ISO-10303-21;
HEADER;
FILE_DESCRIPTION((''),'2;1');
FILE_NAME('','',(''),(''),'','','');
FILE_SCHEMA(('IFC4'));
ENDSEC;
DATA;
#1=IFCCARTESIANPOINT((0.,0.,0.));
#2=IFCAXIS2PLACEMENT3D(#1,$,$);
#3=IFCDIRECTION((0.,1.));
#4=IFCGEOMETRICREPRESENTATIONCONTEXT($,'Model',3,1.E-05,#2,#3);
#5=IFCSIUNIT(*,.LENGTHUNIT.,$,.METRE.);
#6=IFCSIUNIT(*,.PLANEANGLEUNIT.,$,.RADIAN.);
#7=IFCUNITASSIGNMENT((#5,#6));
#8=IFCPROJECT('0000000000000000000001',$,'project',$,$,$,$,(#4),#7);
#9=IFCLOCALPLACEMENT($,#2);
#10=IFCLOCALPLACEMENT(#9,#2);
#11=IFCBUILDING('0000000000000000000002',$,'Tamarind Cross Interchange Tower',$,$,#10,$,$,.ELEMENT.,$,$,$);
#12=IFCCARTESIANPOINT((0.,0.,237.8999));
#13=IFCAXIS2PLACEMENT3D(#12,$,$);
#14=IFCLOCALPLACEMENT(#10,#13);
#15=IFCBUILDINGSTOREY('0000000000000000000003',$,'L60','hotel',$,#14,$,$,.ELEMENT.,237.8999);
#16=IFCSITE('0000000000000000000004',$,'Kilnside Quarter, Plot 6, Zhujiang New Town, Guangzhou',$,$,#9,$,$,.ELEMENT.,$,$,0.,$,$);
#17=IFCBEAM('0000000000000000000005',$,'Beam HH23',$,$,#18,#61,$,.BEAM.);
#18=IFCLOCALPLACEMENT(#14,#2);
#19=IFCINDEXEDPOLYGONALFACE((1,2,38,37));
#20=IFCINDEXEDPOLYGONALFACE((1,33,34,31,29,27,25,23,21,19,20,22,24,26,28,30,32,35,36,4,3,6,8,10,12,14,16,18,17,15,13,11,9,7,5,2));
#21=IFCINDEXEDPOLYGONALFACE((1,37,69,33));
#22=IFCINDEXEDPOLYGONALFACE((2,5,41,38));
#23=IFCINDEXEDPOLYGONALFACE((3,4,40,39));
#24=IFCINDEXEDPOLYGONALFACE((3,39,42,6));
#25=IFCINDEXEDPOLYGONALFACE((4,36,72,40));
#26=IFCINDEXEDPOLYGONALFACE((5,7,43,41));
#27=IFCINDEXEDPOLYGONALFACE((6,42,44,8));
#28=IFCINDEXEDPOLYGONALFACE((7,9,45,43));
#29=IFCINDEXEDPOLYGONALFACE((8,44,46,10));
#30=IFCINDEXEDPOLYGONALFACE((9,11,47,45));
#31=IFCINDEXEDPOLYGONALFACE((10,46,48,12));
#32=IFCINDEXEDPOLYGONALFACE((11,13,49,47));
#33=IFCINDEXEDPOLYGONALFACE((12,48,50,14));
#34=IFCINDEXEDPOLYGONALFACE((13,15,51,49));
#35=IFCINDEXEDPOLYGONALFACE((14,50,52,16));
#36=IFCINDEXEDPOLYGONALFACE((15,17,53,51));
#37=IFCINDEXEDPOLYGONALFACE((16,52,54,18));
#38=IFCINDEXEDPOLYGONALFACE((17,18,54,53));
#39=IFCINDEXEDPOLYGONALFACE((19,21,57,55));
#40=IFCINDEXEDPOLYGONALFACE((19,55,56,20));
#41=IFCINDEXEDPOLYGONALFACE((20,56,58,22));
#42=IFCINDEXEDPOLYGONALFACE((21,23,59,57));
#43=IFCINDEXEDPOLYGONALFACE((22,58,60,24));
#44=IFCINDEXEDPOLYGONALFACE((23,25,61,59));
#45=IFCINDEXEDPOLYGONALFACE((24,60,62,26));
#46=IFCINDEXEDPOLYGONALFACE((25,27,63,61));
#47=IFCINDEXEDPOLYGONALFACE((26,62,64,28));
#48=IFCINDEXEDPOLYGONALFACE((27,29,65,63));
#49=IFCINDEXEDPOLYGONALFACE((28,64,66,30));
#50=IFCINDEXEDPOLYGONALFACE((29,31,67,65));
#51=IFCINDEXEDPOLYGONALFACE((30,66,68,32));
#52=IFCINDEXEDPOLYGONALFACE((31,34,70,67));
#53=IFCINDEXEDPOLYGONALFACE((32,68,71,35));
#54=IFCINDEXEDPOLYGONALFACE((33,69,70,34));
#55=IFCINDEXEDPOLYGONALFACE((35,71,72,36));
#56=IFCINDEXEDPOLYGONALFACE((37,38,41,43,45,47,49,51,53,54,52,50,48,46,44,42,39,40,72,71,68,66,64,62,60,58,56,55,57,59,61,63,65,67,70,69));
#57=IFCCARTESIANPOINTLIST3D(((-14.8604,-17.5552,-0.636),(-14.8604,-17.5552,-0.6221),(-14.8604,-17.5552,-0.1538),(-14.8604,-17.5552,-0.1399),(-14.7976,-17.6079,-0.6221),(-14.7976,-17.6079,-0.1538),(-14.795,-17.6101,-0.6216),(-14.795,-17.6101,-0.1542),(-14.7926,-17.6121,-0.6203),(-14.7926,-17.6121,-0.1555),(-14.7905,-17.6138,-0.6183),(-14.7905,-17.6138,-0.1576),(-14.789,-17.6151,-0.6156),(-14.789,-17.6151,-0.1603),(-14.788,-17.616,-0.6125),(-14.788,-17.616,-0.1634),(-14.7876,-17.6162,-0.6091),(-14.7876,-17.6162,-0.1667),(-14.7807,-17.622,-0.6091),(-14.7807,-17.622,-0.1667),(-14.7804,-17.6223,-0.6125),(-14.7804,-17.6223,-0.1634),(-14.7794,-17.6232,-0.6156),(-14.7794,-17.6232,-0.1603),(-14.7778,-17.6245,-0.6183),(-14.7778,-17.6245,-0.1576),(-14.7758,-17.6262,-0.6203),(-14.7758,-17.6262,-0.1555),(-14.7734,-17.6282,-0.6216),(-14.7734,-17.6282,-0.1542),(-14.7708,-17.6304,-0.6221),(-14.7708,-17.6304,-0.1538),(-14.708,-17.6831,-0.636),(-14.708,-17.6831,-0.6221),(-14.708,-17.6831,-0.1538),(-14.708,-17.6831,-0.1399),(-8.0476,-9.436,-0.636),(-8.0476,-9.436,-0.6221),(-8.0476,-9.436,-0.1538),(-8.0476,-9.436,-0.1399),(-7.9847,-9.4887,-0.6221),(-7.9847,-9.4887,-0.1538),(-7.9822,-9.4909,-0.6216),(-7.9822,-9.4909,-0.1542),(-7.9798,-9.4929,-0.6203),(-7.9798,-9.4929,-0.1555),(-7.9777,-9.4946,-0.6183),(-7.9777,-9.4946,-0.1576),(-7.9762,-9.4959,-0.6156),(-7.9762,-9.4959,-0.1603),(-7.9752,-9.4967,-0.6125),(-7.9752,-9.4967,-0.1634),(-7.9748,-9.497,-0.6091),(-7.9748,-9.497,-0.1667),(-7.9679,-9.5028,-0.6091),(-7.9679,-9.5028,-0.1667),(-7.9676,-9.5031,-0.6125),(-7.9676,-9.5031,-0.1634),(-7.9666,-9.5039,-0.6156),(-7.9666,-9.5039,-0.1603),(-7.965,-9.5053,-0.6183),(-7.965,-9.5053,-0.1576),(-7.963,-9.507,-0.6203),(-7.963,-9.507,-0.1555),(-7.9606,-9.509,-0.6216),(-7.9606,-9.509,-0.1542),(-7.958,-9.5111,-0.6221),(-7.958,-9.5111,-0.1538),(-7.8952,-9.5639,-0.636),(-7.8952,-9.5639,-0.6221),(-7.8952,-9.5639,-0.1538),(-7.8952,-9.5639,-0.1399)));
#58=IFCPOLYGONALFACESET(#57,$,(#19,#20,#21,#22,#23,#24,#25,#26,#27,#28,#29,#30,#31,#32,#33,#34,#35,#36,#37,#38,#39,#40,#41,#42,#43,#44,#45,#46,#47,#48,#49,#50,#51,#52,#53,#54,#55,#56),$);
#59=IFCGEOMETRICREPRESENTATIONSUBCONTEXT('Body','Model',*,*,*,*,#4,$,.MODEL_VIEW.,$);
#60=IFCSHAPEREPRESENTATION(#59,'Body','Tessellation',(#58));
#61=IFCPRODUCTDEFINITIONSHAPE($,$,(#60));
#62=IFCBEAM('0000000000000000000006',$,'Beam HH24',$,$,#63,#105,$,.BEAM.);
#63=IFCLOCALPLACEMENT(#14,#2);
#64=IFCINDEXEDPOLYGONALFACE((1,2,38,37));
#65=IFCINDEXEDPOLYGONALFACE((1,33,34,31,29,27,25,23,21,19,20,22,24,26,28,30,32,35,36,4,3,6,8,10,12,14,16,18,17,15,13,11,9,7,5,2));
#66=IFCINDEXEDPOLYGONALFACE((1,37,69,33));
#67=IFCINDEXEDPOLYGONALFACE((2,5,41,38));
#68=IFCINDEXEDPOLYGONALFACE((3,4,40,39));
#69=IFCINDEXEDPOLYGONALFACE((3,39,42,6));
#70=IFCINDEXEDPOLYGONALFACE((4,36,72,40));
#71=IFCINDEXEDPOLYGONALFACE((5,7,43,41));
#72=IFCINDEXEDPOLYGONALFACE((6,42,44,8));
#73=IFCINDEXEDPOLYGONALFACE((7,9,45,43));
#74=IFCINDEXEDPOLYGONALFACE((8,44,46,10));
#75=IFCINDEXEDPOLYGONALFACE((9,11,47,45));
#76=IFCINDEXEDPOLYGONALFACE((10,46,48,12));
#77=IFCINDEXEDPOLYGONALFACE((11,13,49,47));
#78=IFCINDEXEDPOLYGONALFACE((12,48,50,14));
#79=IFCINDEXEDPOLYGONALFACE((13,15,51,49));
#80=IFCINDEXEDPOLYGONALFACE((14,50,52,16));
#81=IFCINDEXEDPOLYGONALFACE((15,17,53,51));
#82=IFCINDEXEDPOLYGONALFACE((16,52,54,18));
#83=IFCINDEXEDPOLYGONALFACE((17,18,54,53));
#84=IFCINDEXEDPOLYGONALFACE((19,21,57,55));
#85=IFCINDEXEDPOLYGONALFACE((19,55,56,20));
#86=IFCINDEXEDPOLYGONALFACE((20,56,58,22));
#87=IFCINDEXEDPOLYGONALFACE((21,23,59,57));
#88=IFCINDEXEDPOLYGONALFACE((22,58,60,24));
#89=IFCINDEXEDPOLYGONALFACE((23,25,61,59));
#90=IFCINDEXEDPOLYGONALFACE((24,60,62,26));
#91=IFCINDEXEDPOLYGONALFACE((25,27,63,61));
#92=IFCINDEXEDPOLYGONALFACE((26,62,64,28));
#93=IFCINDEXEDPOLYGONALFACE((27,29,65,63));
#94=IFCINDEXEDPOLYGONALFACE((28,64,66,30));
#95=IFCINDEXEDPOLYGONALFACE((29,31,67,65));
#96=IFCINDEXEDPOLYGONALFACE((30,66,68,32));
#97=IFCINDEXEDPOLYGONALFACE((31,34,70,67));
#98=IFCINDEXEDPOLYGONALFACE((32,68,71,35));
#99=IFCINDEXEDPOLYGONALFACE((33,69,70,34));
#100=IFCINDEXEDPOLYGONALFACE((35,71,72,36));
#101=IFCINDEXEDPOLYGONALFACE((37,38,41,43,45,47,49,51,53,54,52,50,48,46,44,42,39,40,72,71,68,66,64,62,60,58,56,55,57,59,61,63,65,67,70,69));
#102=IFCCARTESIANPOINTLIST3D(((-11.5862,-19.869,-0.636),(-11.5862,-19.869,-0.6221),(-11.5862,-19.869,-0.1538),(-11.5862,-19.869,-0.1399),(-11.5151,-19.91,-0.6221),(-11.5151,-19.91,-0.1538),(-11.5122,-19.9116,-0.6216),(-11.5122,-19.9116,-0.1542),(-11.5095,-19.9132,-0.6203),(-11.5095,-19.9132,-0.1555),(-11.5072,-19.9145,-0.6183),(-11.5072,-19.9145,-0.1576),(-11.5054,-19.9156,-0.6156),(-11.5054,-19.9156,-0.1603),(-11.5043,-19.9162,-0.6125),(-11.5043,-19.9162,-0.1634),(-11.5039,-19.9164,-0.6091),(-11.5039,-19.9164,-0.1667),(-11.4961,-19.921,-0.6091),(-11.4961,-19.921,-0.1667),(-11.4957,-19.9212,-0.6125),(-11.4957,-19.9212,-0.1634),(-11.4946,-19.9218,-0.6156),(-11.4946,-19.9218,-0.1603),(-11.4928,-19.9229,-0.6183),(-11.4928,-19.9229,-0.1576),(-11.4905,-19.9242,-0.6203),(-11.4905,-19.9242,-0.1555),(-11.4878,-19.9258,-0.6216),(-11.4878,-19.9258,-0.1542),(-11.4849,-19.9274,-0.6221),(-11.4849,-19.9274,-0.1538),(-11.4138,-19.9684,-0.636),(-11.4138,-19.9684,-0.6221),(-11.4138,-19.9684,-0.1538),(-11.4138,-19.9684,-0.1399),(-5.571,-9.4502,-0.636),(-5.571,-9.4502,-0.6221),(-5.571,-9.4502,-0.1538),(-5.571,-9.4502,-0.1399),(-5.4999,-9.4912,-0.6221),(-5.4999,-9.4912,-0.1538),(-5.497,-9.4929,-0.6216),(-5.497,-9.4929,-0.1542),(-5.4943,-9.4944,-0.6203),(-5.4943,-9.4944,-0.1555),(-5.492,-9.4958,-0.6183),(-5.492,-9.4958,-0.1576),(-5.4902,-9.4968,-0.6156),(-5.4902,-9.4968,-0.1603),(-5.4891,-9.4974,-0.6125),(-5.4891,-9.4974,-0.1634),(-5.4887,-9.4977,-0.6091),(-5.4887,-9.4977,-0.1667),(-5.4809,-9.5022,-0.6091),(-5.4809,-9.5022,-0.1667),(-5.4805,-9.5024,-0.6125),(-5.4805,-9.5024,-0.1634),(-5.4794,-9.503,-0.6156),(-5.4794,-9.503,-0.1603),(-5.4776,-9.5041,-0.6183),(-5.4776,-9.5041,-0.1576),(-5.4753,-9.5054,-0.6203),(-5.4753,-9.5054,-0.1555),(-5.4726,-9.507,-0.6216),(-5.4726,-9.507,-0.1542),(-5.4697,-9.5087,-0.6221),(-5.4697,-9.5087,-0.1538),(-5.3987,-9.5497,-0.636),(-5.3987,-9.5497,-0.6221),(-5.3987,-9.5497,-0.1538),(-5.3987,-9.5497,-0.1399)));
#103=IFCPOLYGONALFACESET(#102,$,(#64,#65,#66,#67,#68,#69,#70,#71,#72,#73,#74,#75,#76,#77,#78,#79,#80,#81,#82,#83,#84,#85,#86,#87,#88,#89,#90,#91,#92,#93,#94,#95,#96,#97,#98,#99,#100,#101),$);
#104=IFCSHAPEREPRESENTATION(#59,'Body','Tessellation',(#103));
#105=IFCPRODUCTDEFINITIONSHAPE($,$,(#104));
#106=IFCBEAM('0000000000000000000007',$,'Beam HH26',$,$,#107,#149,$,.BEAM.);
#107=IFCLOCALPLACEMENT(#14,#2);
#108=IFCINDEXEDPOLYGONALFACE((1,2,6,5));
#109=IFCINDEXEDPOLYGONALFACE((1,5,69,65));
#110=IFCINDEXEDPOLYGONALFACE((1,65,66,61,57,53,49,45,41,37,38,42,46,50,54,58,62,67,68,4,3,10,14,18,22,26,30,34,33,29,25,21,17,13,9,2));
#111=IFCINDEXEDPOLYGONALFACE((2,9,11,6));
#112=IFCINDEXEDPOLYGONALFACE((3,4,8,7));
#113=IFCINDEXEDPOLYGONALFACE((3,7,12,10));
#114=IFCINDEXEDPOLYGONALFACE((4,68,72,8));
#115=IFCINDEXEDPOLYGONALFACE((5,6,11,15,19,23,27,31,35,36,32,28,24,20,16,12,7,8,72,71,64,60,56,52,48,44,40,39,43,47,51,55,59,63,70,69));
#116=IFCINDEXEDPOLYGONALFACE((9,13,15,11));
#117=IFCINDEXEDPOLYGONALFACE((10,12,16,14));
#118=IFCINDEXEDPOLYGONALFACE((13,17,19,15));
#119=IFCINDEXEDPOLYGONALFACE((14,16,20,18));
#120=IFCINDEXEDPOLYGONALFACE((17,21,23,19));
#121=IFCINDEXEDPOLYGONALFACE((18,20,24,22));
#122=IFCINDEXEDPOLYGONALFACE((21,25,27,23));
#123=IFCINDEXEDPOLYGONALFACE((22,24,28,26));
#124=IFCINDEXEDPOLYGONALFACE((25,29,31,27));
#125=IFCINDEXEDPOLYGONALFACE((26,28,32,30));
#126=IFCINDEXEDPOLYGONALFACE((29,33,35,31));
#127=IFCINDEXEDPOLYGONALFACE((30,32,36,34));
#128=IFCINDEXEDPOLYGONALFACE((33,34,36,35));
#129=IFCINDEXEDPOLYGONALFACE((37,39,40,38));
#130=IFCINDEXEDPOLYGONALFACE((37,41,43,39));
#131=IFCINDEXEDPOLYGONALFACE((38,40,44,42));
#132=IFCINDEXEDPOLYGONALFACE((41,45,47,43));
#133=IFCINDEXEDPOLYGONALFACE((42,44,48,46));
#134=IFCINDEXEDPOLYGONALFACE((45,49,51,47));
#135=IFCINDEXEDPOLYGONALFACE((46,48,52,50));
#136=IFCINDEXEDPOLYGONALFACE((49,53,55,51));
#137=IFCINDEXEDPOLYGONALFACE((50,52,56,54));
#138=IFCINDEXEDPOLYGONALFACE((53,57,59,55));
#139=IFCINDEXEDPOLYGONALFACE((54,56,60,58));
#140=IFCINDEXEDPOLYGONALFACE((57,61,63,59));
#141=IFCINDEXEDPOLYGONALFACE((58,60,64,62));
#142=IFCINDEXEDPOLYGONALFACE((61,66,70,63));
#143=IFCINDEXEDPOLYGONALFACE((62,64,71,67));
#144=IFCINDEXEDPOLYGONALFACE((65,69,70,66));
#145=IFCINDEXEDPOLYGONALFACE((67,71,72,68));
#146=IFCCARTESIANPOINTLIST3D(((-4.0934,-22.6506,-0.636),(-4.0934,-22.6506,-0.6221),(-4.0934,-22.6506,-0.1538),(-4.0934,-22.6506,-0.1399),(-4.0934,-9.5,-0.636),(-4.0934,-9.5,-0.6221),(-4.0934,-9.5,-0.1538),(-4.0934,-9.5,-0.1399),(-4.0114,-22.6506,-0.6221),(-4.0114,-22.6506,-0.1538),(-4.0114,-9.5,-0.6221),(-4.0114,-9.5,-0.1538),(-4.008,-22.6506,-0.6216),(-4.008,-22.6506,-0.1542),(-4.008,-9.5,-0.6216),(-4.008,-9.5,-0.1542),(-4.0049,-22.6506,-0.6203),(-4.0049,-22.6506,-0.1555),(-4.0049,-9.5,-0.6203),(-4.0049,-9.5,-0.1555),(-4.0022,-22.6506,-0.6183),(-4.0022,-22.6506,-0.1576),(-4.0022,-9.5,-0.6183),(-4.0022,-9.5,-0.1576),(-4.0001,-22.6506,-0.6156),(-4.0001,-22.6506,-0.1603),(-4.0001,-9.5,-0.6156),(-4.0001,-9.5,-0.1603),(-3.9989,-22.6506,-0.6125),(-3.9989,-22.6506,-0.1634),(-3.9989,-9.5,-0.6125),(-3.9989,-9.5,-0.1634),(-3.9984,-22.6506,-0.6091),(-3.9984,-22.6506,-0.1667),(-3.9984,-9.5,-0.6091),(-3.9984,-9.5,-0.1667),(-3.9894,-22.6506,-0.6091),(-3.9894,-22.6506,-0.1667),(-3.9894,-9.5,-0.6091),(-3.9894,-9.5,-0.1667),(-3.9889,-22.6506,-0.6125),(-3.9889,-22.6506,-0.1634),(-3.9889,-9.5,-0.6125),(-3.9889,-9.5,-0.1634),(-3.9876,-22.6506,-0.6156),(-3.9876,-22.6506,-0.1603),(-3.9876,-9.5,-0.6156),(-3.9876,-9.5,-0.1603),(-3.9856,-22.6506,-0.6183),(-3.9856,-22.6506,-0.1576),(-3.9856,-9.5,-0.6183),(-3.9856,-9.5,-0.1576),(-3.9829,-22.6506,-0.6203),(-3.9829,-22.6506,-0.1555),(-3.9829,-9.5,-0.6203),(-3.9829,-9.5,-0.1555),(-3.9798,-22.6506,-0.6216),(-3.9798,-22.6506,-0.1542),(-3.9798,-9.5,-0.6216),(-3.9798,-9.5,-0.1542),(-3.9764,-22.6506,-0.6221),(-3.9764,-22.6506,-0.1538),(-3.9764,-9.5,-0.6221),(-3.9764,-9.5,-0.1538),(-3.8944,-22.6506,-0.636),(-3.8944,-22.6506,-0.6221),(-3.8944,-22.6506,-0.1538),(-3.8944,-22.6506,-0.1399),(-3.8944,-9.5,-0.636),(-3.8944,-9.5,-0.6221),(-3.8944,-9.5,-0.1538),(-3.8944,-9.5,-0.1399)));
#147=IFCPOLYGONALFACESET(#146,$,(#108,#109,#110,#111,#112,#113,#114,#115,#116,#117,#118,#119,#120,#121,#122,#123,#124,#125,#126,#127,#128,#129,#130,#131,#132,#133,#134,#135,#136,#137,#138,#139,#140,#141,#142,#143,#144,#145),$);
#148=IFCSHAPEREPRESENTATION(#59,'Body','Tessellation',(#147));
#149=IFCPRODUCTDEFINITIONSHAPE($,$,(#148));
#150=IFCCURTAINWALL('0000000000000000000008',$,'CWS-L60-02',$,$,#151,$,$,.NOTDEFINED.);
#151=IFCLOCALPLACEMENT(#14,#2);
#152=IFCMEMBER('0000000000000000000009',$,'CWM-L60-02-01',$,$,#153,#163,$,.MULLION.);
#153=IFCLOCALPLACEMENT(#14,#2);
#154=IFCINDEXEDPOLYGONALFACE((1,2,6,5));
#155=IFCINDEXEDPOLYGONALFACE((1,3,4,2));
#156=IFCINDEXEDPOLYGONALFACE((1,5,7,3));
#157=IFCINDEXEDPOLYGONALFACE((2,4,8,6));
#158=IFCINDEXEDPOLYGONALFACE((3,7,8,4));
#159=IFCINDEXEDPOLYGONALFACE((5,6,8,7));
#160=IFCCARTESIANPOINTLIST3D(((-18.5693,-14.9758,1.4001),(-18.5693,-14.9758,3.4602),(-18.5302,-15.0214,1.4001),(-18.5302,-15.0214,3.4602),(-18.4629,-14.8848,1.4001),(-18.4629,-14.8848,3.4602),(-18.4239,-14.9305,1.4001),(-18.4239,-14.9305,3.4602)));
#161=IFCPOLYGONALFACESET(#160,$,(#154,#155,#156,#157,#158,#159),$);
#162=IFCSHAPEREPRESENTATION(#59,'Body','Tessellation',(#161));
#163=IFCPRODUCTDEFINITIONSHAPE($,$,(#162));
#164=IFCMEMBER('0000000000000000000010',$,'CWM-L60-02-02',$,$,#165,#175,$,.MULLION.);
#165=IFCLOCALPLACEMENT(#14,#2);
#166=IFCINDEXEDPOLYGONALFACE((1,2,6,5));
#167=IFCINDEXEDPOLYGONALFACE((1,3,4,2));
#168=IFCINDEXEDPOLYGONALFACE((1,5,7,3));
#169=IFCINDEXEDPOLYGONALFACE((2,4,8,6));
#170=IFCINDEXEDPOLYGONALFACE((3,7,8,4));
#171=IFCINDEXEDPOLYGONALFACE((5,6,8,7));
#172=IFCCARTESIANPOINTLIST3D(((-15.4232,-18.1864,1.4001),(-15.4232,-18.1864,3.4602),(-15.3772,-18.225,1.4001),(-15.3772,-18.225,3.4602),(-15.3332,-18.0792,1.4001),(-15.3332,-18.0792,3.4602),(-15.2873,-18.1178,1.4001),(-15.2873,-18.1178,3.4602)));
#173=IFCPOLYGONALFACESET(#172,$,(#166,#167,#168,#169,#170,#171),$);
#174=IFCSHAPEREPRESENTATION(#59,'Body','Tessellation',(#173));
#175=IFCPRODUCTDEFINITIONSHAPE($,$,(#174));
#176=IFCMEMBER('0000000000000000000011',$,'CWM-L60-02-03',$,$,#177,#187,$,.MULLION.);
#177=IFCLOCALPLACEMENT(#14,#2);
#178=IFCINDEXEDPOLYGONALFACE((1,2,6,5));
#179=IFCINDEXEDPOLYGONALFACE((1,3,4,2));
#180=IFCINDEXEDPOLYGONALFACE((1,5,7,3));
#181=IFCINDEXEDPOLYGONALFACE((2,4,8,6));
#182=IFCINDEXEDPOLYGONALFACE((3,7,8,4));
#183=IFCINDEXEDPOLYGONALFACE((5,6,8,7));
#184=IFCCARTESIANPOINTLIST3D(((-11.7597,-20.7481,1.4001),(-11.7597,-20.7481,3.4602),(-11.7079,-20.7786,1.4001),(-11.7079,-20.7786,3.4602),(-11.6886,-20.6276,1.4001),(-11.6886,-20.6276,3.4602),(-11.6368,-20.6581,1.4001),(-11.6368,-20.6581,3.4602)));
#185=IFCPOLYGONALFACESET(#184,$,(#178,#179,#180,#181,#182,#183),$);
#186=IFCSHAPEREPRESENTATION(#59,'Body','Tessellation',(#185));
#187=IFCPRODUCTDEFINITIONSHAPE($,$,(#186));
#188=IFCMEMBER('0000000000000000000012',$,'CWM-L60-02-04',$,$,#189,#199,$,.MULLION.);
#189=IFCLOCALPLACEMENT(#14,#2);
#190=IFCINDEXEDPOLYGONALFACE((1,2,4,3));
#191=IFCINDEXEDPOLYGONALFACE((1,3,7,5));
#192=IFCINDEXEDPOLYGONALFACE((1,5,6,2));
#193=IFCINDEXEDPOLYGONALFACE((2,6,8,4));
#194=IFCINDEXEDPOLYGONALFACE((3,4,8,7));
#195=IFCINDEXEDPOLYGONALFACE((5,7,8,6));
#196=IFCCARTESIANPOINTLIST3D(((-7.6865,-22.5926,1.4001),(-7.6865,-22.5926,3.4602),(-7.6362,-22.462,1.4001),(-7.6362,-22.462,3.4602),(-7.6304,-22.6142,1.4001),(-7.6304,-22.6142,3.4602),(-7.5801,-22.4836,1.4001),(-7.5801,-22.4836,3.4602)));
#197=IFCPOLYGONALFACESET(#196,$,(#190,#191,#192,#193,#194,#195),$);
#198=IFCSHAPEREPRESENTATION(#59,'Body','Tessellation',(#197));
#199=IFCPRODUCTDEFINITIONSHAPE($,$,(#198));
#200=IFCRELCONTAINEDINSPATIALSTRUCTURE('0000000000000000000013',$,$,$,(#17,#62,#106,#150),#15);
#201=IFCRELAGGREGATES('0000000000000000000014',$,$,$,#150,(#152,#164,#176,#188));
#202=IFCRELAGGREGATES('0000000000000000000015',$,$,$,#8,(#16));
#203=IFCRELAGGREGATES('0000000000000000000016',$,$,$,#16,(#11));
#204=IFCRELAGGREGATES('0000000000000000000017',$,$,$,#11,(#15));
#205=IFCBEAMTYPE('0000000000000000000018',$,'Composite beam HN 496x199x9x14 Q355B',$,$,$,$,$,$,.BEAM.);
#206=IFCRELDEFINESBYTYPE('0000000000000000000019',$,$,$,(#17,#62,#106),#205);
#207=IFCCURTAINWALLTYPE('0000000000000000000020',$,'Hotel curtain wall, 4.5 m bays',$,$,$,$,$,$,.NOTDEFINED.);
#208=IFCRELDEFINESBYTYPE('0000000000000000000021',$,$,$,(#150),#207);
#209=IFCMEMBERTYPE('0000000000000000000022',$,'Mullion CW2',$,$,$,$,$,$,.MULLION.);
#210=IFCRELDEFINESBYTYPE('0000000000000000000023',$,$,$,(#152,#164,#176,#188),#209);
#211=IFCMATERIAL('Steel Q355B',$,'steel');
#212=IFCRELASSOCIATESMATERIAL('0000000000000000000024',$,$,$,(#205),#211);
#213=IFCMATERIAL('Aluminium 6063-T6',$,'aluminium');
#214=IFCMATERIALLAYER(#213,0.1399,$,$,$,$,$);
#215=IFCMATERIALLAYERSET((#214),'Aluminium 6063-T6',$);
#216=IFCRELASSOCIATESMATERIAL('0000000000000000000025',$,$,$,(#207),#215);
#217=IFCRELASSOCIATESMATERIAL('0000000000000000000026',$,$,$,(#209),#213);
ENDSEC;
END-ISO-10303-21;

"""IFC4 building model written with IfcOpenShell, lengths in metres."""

from ifc_helpers import new_model, si_unit, direction, frame, origin, origin_2d, place, context, subcontext, project, spatial, rectangle, i_section, extrude, material, layer, layer_set, material_profile, profile_set, type_object, element, aggregate, save


model = new_model("IFC4")

# Units and contexts
model_context = context("Model", 3, precision=1e-05, world=origin(), true_north=direction((0.0, 1.0)))
body_context = subcontext(model_context, "Body", "Model", "MODEL_VIEW")
ifc_project = project(units=[si_unit("LENGTHUNIT", "METRE"), si_unit("PLANEANGLEUNIT", "RADIAN")], contexts=[model_context])

# Site, building, storey
site_placement = place(None, origin())
site = spatial("IfcSite", under=ifc_project, at=site_placement, Name="Kilnside Quarter, Plot 6, Zhujiang New Town, Guangzhou", CompositionType="ELEMENT", RefElevation=0.0)
building_placement = place(site_placement, origin())
building = spatial("IfcBuilding", under=site, at=building_placement, Name="Tamarind Cross Interchange Tower", CompositionType="ELEMENT")
storey_placement = place(building_placement, frame((0.0, 0.0, 237.8999)))
storey = spatial("IfcBuildingStorey", under=building, at=storey_placement, Name="L60", Description="hotel", CompositionType="ELEMENT", Elevation=237.8999)

# Beams
ifc_material_1 = material(Name="Steel Q355B", Category="steel")
ifc_material_profile_1 = material_profile(ifc_material_1, i_section(OverallWidth=0.199, OverallDepth=0.4961, WebThickness=0.009, FlangeThickness=0.0139, FilletRadius=0.0129, at=origin_2d()), Name="HN 496x199x9x14")
ifc_profile_set_1 = profile_set([ifc_material_profile_1], Name="Steel Q355B")
beam_type = type_object("IfcBeamType", Name="Composite beam HN 496x199x9x14 Q355B", PredefinedType="BEAM", material=ifc_profile_set_1)
beam_1_placement = place(storey_placement, frame((-14.7842, -17.6191, -0.3879), z_axis=(0.642786, 0.766046, 0.0), x_axis=(-0.766046, 0.642786, 0.0)))
element("IfcBeam", 1, at=beam_1_placement, inside=storey, type_object=beam_type, Name="Beam HH23", PredefinedType="BEAM", context=body_context, shape_type="SweptSolid", body=[
    extrude(i_section(OverallWidth=0.199, OverallDepth=0.4961, WebThickness=0.009, FlangeThickness=0.0139, FilletRadius=0.0129, at=origin_2d()), origin(), (0.0, 0.0, 1.0), 10.5989),
])
beam_2_placement = place(storey_placement, frame((-11.5, -19.9187, -0.3879), z_axis=(0.499994, 0.866029, 0.0), x_axis=(-0.866029, 0.499994, 0.0)))
element("IfcBeam", 2, at=beam_2_placement, inside=storey, type_object=beam_type, Name="Beam HH24", PredefinedType="BEAM", context=body_context, shape_type="SweptSolid", body=[
    extrude(i_section(OverallWidth=0.199, OverallDepth=0.4961, WebThickness=0.009, FlangeThickness=0.0139, FilletRadius=0.0129, at=origin_2d()), origin(), (0.0, 0.0, 1.0), 12.0305),
])
beam_3_placement = place(storey_placement, frame((-3.9939, -22.6506, -0.3879), z_axis=(0.0, 1.0, 0.0), x_axis=(-1.0, 0.0, 0.0)))
element("IfcBeam", 3, at=beam_3_placement, inside=storey, type_object=beam_type, Name="Beam HH26", PredefinedType="BEAM", context=body_context, shape_type="SweptSolid", body=[
    extrude(i_section(OverallWidth=0.199, OverallDepth=0.4961, WebThickness=0.009, FlangeThickness=0.0139, FilletRadius=0.0129, at=origin_2d()), origin(), (0.0, 0.0, 1.0), 13.1506),
])

# Curtain wall, members
ifc_material_2 = material(Name="Aluminium 6063-T6", Category="aluminium")
ifc_layer_1 = layer(ifc_material_2, 0.1399)
ifc_layer_set_1 = layer_set([ifc_layer_1], Name="Aluminium 6063-T6")
curtain_wall_type = type_object("IfcCurtainWallType", Name="Hotel curtain wall, 4.5 m bays", PredefinedType="NOTDEFINED", material=ifc_layer_set_1)
curtain_wall_placement = place(storey_placement, origin())
curtain_wall = element("IfcCurtainWall", 4, at=curtain_wall_placement, inside=storey, type_object=curtain_wall_type, Name="CWS-L60-02", PredefinedType="NOTDEFINED")
ifc_material_profile_2 = material_profile(ifc_material_2, rectangle(XDim=0.0601, YDim=0.1399, at=origin_2d()), Name="Mullion CW2")
ifc_profile_set_2 = profile_set([ifc_material_profile_2], Name="Aluminium 6063-T6")
member_type = type_object("IfcMemberType", Name="Mullion CW2", PredefinedType="MULLION", material=ifc_profile_set_2)
member_1_placement = place(storey_placement, frame((-18.4966, -14.9531, 1.4001), z_axis=(0.0, 0.0, 1.0), x_axis=(0.649844, -0.760068, 0.0)))
member_1 = element("IfcMember", 5, at=member_1_placement, type_object=member_type, Name="CWM-L60-02-01", PredefinedType="MULLION", context=body_context, shape_type="SweptSolid", body=[
    extrude(rectangle(XDim=0.0601, YDim=0.1399, at=origin_2d()), origin(), (0.0, 0.0, 1.0), 2.0601),
])
member_2_placement = place(storey_placement, frame((-15.3552, -18.1521, 1.4001), z_axis=(0.0, 0.0, 1.0), x_axis=(0.765858, -0.643009, 0.0)))
member_2 = element("IfcMember", 6, at=member_2_placement, type_object=member_type, Name="CWM-L60-02-02", PredefinedType="MULLION", context=body_context, shape_type="SweptSolid", body=[
    extrude(rectangle(XDim=0.0601, YDim=0.1399, at=origin_2d()), origin(), (0.0, 0.0, 1.0), 2.0601),
])
member_3_placement = place(storey_placement, frame((-11.6982, -20.7031, 1.4001), z_axis=(0.0, 0.0, 1.0), x_axis=(0.861249, -0.508183, 0.0)))
member_3 = element("IfcMember", 7, at=member_3_placement, type_object=member_type, Name="CWM-L60-02-03", PredefinedType="MULLION", context=body_context, shape_type="SweptSolid", body=[
    extrude(rectangle(XDim=0.0601, YDim=0.1399, at=origin_2d()), origin(), (0.0, 0.0, 1.0), 2.0601),
])
member_4_placement = place(storey_placement, frame((-7.6333, -22.5381, 1.4001), z_axis=(0.0, 0.0, 1.0), x_axis=(0.933147, -0.359495, 0.0)))
member_4 = element("IfcMember", 8, at=member_4_placement, type_object=member_type, Name="CWM-L60-02-04", PredefinedType="MULLION", context=body_context, shape_type="SweptSolid", body=[
    extrude(rectangle(XDim=0.0601, YDim=0.1399, at=origin_2d()), origin(), (0.0, 0.0, 1.0), 2.0601),
])
aggregate(curtain_wall, [member_1, member_2, member_3, member_4])

save(model, "model.ifc")
